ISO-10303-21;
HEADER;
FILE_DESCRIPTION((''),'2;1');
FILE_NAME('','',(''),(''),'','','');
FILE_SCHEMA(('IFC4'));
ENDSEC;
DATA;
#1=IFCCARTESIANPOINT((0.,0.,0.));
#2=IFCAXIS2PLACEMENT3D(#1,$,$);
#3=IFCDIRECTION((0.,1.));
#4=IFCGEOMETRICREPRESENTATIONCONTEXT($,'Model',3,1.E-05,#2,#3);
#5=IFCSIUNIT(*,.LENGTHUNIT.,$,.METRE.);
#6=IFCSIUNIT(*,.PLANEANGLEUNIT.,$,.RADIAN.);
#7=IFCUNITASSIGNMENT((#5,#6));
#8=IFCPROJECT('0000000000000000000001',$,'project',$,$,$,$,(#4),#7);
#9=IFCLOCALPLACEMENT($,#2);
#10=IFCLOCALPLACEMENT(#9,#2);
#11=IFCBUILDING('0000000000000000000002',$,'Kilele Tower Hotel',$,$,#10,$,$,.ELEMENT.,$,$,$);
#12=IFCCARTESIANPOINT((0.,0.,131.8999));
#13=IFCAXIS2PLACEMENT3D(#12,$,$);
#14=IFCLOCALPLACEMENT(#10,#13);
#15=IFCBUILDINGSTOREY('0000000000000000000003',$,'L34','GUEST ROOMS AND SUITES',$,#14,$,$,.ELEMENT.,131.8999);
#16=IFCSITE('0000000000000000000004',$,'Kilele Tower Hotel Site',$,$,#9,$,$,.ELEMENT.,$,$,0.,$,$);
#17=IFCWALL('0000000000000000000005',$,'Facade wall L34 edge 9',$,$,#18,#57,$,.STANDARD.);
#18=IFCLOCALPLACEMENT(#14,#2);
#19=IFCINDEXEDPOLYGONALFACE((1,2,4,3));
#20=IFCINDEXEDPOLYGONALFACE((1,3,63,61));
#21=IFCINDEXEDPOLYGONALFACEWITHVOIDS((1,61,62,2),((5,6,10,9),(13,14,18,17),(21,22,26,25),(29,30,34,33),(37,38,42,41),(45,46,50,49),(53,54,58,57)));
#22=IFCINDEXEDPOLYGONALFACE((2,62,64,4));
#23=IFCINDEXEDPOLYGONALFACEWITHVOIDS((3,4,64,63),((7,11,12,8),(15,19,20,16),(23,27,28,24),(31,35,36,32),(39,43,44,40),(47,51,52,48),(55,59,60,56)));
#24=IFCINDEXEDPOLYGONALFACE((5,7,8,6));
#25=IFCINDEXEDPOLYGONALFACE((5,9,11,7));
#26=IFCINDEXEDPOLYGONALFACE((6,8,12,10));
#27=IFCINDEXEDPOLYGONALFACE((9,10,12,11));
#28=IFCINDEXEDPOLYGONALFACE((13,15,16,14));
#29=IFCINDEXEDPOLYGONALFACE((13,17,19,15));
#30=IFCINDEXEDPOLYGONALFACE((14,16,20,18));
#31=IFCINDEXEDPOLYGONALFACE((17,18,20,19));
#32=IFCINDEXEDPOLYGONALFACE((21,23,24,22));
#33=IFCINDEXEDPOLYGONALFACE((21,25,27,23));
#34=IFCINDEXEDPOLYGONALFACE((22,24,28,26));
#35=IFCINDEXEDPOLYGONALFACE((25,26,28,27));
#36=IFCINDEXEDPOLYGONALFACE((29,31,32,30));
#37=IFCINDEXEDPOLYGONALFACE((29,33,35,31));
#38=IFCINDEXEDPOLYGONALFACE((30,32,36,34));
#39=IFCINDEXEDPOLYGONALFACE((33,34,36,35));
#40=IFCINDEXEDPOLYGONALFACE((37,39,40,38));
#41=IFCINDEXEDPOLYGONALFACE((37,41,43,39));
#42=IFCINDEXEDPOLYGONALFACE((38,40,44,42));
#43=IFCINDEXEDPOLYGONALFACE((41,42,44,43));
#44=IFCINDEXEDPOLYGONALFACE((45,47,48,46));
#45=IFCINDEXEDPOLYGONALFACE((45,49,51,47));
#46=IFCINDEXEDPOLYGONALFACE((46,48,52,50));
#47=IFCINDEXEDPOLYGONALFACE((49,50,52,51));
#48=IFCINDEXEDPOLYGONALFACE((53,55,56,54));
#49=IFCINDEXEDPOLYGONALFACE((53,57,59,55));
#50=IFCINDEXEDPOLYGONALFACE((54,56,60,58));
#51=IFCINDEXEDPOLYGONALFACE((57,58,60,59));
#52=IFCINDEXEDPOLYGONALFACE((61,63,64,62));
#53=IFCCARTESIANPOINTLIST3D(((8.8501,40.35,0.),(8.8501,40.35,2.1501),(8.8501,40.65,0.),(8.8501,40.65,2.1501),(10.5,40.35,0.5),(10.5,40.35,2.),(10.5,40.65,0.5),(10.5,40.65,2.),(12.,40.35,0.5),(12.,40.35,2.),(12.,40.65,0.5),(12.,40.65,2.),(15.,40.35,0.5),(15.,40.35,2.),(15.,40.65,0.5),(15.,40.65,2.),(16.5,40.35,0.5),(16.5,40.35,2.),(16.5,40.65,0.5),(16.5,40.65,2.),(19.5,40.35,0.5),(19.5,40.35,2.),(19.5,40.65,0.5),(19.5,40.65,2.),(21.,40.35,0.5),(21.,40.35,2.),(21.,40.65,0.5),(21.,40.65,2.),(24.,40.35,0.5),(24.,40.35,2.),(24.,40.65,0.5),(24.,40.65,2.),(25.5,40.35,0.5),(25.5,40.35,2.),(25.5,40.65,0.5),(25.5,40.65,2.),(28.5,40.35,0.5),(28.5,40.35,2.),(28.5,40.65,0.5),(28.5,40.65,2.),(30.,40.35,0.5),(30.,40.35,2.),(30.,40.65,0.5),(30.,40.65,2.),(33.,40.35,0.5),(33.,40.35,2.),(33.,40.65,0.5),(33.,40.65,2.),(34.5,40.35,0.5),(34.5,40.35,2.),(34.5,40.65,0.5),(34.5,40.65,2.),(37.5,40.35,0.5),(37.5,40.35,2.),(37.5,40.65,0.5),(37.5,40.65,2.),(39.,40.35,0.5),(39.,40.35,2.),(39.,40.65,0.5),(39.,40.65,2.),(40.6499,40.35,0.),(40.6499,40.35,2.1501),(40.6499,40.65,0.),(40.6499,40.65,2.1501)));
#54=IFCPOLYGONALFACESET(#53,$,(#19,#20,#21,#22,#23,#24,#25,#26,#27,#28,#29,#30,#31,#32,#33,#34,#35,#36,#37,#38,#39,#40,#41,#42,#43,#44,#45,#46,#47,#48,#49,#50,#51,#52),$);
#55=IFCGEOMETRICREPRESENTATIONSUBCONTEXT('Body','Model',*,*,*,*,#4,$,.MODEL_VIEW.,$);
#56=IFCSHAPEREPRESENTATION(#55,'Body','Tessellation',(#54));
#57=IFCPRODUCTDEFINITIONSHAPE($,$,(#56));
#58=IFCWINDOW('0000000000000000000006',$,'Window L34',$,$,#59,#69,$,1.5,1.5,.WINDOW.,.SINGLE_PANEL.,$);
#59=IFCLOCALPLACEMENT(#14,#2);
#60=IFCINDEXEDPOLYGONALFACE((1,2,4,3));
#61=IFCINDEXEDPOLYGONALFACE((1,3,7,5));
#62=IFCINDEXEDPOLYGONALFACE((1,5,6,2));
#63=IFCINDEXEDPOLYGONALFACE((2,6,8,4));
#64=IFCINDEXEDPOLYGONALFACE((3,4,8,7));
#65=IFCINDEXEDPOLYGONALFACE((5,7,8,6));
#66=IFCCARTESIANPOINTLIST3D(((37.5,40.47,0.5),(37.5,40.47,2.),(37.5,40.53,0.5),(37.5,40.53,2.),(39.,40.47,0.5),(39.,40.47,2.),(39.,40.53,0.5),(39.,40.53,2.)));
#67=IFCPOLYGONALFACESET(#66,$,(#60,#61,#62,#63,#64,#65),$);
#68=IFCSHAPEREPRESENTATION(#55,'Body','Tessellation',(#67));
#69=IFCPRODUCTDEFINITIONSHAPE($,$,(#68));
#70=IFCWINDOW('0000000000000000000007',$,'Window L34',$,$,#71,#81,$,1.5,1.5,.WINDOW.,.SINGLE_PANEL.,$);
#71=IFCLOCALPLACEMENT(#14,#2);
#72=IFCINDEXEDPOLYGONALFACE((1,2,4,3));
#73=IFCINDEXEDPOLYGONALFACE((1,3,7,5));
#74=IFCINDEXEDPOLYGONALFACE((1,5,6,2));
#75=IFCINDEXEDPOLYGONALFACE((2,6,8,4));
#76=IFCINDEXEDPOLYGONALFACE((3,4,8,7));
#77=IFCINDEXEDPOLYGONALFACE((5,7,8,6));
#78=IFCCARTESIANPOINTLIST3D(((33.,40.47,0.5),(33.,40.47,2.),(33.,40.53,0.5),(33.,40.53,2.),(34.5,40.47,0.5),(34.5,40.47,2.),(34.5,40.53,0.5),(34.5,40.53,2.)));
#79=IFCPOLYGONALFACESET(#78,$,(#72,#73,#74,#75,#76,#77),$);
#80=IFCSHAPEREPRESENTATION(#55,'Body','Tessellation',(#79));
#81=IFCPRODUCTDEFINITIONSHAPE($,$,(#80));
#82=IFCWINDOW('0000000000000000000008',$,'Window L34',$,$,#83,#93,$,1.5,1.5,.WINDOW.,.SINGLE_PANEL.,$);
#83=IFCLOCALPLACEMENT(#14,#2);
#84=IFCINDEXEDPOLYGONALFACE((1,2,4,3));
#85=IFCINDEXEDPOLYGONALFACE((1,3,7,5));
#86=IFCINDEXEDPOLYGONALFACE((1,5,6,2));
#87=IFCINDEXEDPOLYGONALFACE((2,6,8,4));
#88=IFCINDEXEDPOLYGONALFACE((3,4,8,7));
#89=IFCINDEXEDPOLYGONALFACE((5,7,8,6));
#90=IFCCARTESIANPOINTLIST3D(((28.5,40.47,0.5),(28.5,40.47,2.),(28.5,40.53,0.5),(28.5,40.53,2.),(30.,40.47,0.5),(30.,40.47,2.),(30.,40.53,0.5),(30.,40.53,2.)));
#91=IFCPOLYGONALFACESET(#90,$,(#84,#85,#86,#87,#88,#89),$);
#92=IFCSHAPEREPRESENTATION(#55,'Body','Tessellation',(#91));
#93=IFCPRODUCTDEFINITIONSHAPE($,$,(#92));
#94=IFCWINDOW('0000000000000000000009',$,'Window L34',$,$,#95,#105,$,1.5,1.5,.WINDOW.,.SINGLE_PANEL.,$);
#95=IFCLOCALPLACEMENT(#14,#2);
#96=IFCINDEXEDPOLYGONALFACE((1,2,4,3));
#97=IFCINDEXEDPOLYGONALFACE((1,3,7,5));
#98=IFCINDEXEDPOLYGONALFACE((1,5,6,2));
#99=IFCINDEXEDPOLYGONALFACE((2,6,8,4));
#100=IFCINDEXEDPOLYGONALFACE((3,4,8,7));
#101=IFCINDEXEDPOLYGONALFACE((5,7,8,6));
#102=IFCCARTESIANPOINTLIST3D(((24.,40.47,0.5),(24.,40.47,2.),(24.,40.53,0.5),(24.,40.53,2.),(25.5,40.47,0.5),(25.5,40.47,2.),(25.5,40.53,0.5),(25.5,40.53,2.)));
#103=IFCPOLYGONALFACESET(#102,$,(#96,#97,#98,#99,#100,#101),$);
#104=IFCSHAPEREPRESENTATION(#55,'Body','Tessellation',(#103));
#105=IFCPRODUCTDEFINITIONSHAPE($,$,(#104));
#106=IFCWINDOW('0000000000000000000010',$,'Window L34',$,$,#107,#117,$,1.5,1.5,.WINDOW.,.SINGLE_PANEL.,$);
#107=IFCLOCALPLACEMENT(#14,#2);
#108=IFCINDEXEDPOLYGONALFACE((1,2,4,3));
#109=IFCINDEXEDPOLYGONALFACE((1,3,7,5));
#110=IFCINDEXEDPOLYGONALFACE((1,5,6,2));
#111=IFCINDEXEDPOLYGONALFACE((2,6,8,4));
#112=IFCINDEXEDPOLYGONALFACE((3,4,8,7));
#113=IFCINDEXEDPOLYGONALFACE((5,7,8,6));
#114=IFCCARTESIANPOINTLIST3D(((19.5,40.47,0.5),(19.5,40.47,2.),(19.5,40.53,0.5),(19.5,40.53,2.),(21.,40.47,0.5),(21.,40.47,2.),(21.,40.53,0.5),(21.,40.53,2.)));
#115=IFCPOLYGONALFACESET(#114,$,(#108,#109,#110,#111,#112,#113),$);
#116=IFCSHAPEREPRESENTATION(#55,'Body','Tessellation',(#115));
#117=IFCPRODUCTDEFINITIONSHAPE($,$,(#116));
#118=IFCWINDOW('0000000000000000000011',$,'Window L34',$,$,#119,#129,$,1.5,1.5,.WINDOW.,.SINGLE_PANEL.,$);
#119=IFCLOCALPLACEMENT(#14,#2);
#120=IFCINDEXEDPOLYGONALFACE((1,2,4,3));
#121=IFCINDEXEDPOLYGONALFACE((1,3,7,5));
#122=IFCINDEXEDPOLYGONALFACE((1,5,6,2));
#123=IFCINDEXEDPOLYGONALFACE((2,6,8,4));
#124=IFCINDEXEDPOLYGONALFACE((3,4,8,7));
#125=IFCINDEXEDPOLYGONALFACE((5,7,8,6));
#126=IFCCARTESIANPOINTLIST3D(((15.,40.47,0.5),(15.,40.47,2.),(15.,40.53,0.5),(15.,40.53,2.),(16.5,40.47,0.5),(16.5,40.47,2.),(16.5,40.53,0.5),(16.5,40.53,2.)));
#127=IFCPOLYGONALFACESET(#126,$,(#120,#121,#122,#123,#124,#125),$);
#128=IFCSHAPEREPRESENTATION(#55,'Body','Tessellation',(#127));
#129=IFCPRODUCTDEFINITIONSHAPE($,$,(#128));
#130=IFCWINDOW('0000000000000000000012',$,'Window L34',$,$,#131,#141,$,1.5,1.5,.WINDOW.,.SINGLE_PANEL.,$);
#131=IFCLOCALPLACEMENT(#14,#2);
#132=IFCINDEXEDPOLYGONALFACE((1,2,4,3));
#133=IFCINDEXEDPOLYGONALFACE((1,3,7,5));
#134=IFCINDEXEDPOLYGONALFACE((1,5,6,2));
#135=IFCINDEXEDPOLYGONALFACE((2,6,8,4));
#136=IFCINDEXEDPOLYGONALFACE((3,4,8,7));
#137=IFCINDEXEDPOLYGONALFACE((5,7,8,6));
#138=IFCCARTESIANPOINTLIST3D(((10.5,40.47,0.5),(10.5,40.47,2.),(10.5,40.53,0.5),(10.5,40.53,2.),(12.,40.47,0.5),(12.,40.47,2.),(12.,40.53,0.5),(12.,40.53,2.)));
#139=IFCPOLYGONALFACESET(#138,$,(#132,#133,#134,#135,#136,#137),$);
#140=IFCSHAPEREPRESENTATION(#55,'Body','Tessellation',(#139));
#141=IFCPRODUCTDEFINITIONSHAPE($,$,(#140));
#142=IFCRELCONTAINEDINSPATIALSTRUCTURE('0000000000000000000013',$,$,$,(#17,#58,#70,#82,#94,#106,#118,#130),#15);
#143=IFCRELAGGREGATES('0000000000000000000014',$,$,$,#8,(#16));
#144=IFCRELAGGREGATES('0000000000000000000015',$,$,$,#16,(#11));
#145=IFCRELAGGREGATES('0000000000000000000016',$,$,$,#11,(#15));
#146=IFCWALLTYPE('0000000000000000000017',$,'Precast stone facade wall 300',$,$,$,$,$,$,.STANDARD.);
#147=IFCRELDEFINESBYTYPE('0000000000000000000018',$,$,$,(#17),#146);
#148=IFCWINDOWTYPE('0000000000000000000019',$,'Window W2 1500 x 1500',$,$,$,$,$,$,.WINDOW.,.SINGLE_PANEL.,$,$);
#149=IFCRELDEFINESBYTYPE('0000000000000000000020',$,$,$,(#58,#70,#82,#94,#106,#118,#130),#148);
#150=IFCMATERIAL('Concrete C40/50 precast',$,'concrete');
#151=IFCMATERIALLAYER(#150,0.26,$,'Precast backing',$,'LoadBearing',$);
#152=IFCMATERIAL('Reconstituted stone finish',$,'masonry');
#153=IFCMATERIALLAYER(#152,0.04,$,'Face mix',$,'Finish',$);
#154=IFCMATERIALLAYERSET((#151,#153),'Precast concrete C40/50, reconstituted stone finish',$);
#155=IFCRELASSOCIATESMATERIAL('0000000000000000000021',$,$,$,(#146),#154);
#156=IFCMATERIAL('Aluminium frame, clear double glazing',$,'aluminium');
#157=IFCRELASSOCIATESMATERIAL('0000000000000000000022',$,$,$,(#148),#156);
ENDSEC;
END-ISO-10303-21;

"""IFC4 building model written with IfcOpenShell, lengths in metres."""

from ifc_helpers import new_model, si_unit, direction, frame, frame_2d, origin, place, context, subcontext, project, spatial, rectangle, extrude, material, layer, layer_set, type_object, element, fill, save


model = new_model("IFC4")

# Units and contexts
model_context = context("Model", 3, precision=1e-05, world=origin(), true_north=direction((0.0, 1.0)))
body_context = subcontext(model_context, "Body", "Model", "MODEL_VIEW")
ifc_project = project(units=[si_unit("LENGTHUNIT", "METRE"), si_unit("PLANEANGLEUNIT", "RADIAN")], contexts=[model_context])

# Site, building, storey
site_placement = place(None, origin())
site = spatial("IfcSite", under=ifc_project, at=site_placement, Name="Kilele Tower Hotel Site", CompositionType="ELEMENT", RefElevation=0.0)
building_placement = place(site_placement, origin())
building = spatial("IfcBuilding", under=site, at=building_placement, Name="Kilele Tower Hotel", CompositionType="ELEMENT")
storey_placement = place(building_placement, frame((0.0, 0.0, 131.8999)))
storey = spatial("IfcBuildingStorey", under=building, at=storey_placement, Name="L34", Description="GUEST ROOMS AND SUITES", CompositionType="ELEMENT", Elevation=131.8999)

# Shared definitions
ifc_material_1 = material(Name="Concrete C40/50 precast", Category="concrete")
ifc_layer_1 = layer(ifc_material_1, 0.26, Name="Precast backing", Category="LoadBearing")
ifc_material_2 = material(Name="Reconstituted stone finish", Category="masonry")
ifc_layer_2 = layer(ifc_material_2, 0.04, Name="Face mix", Category="Finish")
ifc_layer_set_1 = layer_set([ifc_layer_1, ifc_layer_2], Name="Precast concrete C40/50, reconstituted stone finish")
wall_type_1 = type_object("IfcWallType", Name="Precast stone facade wall 300", PredefinedType="STANDARD", material=ifc_layer_set_1)
ifc_material_3 = material(Name="Aluminium frame, clear double glazing", Category="aluminium")
window_type_1 = type_object("IfcWindowType", Name="Window W2 1500 x 1500", PartitioningType="SINGLE_PANEL", PredefinedType="WINDOW", material=ifc_material_3)

# Wall, openings, windows
wall_1_placement = place(storey_placement, frame((40.6499, 40.5, 0.0), z_axis=(0.0, 0.0, 1.0), x_axis=(-1.0, 0.0, 0.0)))
wall_1 = element("IfcWall", 1, at=wall_1_placement, inside=storey, type_object=wall_type_1, Name="Facade wall L34 edge 9", PredefinedType="STANDARD", context=body_context, shape_type="SweptSolid", body=[
    extrude(rectangle(XDim=31.7998, YDim=0.3, at=frame_2d((15.8999, 0.0))), origin(), (0.0, 0.0, 1.0), 2.1501),
])
opening_1_placement = place(wall_1_placement, frame((1.6499, 0.0, 0.5)))
opening_1 = element("IfcOpeningElement", 2, at=opening_1_placement, cuts=wall_1, PredefinedType="OPENING", context=body_context, shape_type="SweptSolid", body=[
    extrude(rectangle(XDim=1.5, YDim=1.5, at=frame_2d((0.75, 0.75))), frame((0.0, 0.1599, 0.0), z_axis=(0.0, -1.0, 0.0), x_axis=(1.0, 0.0, 0.0)), (0.0, 0.0, 1.0), 0.3201),
])
opening_2_placement = place(wall_1_placement, frame((6.1499, 0.0, 0.5)))
opening_2 = element("IfcOpeningElement", 3, at=opening_2_placement, cuts=wall_1, PredefinedType="OPENING", context=body_context, shape_type="SweptSolid", body=[
    extrude(rectangle(XDim=1.5, YDim=1.5, at=frame_2d((0.75, 0.75))), frame((0.0, 0.1599, 0.0), z_axis=(0.0, -1.0, 0.0), x_axis=(1.0, 0.0, 0.0)), (0.0, 0.0, 1.0), 0.3201),
])
opening_3_placement = place(wall_1_placement, frame((10.6499, 0.0, 0.5)))
opening_3 = element("IfcOpeningElement", 4, at=opening_3_placement, cuts=wall_1, PredefinedType="OPENING", context=body_context, shape_type="SweptSolid", body=[
    extrude(rectangle(XDim=1.5, YDim=1.5, at=frame_2d((0.75, 0.75))), frame((0.0, 0.1599, 0.0), z_axis=(0.0, -1.0, 0.0), x_axis=(1.0, 0.0, 0.0)), (0.0, 0.0, 1.0), 0.3201),
])
opening_4_placement = place(wall_1_placement, frame((15.1499, 0.0, 0.5)))
opening_4 = element("IfcOpeningElement", 5, at=opening_4_placement, cuts=wall_1, PredefinedType="OPENING", context=body_context, shape_type="SweptSolid", body=[
    extrude(rectangle(XDim=1.5, YDim=1.5, at=frame_2d((0.75, 0.75))), frame((0.0, 0.1599, 0.0), z_axis=(0.0, -1.0, 0.0), x_axis=(1.0, 0.0, 0.0)), (0.0, 0.0, 1.0), 0.3201),
])
opening_5_placement = place(wall_1_placement, frame((19.6499, 0.0, 0.5)))
opening_5 = element("IfcOpeningElement", 6, at=opening_5_placement, cuts=wall_1, PredefinedType="OPENING", context=body_context, shape_type="SweptSolid", body=[
    extrude(rectangle(XDim=1.5, YDim=1.5, at=frame_2d((0.75, 0.75))), frame((0.0, 0.1599, 0.0), z_axis=(0.0, -1.0, 0.0), x_axis=(1.0, 0.0, 0.0)), (0.0, 0.0, 1.0), 0.3201),
])
opening_6_placement = place(wall_1_placement, frame((24.1499, 0.0, 0.5)))
opening_6 = element("IfcOpeningElement", 7, at=opening_6_placement, cuts=wall_1, PredefinedType="OPENING", context=body_context, shape_type="SweptSolid", body=[
    extrude(rectangle(XDim=1.5, YDim=1.5, at=frame_2d((0.75, 0.75))), frame((0.0, 0.1599, 0.0), z_axis=(0.0, -1.0, 0.0), x_axis=(1.0, 0.0, 0.0)), (0.0, 0.0, 1.0), 0.3201),
])
opening_7_placement = place(wall_1_placement, frame((28.6499, 0.0, 0.5)))
opening_7 = element("IfcOpeningElement", 8, at=opening_7_placement, cuts=wall_1, PredefinedType="OPENING", context=body_context, shape_type="SweptSolid", body=[
    extrude(rectangle(XDim=1.5, YDim=1.5, at=frame_2d((0.75, 0.75))), frame((0.0, 0.1599, 0.0), z_axis=(0.0, -1.0, 0.0), x_axis=(1.0, 0.0, 0.0)), (0.0, 0.0, 1.0), 0.3201),
])
window_1_placement = place(opening_1_placement, origin())
window_1 = element("IfcWindow", 9, at=window_1_placement, inside=storey, type_object=window_type_1, Name="Window L34", OverallHeight=1.5, OverallWidth=1.5, PartitioningType="SINGLE_PANEL", PredefinedType="WINDOW", context=body_context, shape_type="SweptSolid", body=[
    extrude(rectangle(XDim=1.5, YDim=1.5, at=frame_2d((0.75, 0.75))), frame((0.0, 0.03, 0.0), z_axis=(0.0, -1.0, 0.0), x_axis=(1.0, 0.0, 0.0)), (0.0, 0.0, 1.0), 0.0601),
])
fill(opening_1, window_1)
window_2_placement = place(opening_2_placement, origin())
window_2 = element("IfcWindow", 10, at=window_2_placement, inside=storey, type_object=window_type_1, Name="Window L34", OverallHeight=1.5, OverallWidth=1.5, PartitioningType="SINGLE_PANEL", PredefinedType="WINDOW", context=body_context, shape_type="SweptSolid", body=[
    extrude(rectangle(XDim=1.5, YDim=1.5, at=frame_2d((0.75, 0.75))), frame((0.0, 0.03, 0.0), z_axis=(0.0, -1.0, 0.0), x_axis=(1.0, 0.0, 0.0)), (0.0, 0.0, 1.0), 0.0601),
])
fill(opening_2, window_2)
window_3_placement = place(opening_3_placement, origin())
window_3 = element("IfcWindow", 11, at=window_3_placement, inside=storey, type_object=window_type_1, Name="Window L34", OverallHeight=1.5, OverallWidth=1.5, PartitioningType="SINGLE_PANEL", PredefinedType="WINDOW", context=body_context, shape_type="SweptSolid", body=[
    extrude(rectangle(XDim=1.5, YDim=1.5, at=frame_2d((0.75, 0.75))), frame((0.0, 0.03, 0.0), z_axis=(0.0, -1.0, 0.0), x_axis=(1.0, 0.0, 0.0)), (0.0, 0.0, 1.0), 0.0601),
])
fill(opening_3, window_3)
window_4_placement = place(opening_4_placement, origin())
window_4 = element("IfcWindow", 12, at=window_4_placement, inside=storey, type_object=window_type_1, Name="Window L34", OverallHeight=1.5, OverallWidth=1.5, PartitioningType="SINGLE_PANEL", PredefinedType="WINDOW", context=body_context, shape_type="SweptSolid", body=[
    extrude(rectangle(XDim=1.5, YDim=1.5, at=frame_2d((0.75, 0.75))), frame((0.0, 0.03, 0.0), z_axis=(0.0, -1.0, 0.0), x_axis=(1.0, 0.0, 0.0)), (0.0, 0.0, 1.0), 0.0601),
])
fill(opening_4, window_4)
window_5_placement = place(opening_5_placement, origin())
window_5 = element("IfcWindow", 13, at=window_5_placement, inside=storey, type_object=window_type_1, Name="Window L34", OverallHeight=1.5, OverallWidth=1.5, PartitioningType="SINGLE_PANEL", PredefinedType="WINDOW", context=body_context, shape_type="SweptSolid", body=[
    extrude(rectangle(XDim=1.5, YDim=1.5, at=frame_2d((0.75, 0.75))), frame((0.0, 0.03, 0.0), z_axis=(0.0, -1.0, 0.0), x_axis=(1.0, 0.0, 0.0)), (0.0, 0.0, 1.0), 0.0601),
])
fill(opening_5, window_5)
window_6_placement = place(opening_6_placement, origin())
window_6 = element("IfcWindow", 14, at=window_6_placement, inside=storey, type_object=window_type_1, Name="Window L34", OverallHeight=1.5, OverallWidth=1.5, PartitioningType="SINGLE_PANEL", PredefinedType="WINDOW", context=body_context, shape_type="SweptSolid", body=[
    extrude(rectangle(XDim=1.5, YDim=1.5, at=frame_2d((0.75, 0.75))), frame((0.0, 0.03, 0.0), z_axis=(0.0, -1.0, 0.0), x_axis=(1.0, 0.0, 0.0)), (0.0, 0.0, 1.0), 0.0601),
])
fill(opening_6, window_6)
window_7_placement = place(opening_7_placement, origin())
window_7 = element("IfcWindow", 15, at=window_7_placement, inside=storey, type_object=window_type_1, Name="Window L34", OverallHeight=1.5, OverallWidth=1.5, PartitioningType="SINGLE_PANEL", PredefinedType="WINDOW", context=body_context, shape_type="SweptSolid", body=[
    extrude(rectangle(XDim=1.5, YDim=1.5, at=frame_2d((0.75, 0.75))), frame((0.0, 0.03, 0.0), z_axis=(0.0, -1.0, 0.0), x_axis=(1.0, 0.0, 0.0)), (0.0, 0.0, 1.0), 0.0601),
])
fill(opening_7, window_7)

save(model, "model.ifc")
